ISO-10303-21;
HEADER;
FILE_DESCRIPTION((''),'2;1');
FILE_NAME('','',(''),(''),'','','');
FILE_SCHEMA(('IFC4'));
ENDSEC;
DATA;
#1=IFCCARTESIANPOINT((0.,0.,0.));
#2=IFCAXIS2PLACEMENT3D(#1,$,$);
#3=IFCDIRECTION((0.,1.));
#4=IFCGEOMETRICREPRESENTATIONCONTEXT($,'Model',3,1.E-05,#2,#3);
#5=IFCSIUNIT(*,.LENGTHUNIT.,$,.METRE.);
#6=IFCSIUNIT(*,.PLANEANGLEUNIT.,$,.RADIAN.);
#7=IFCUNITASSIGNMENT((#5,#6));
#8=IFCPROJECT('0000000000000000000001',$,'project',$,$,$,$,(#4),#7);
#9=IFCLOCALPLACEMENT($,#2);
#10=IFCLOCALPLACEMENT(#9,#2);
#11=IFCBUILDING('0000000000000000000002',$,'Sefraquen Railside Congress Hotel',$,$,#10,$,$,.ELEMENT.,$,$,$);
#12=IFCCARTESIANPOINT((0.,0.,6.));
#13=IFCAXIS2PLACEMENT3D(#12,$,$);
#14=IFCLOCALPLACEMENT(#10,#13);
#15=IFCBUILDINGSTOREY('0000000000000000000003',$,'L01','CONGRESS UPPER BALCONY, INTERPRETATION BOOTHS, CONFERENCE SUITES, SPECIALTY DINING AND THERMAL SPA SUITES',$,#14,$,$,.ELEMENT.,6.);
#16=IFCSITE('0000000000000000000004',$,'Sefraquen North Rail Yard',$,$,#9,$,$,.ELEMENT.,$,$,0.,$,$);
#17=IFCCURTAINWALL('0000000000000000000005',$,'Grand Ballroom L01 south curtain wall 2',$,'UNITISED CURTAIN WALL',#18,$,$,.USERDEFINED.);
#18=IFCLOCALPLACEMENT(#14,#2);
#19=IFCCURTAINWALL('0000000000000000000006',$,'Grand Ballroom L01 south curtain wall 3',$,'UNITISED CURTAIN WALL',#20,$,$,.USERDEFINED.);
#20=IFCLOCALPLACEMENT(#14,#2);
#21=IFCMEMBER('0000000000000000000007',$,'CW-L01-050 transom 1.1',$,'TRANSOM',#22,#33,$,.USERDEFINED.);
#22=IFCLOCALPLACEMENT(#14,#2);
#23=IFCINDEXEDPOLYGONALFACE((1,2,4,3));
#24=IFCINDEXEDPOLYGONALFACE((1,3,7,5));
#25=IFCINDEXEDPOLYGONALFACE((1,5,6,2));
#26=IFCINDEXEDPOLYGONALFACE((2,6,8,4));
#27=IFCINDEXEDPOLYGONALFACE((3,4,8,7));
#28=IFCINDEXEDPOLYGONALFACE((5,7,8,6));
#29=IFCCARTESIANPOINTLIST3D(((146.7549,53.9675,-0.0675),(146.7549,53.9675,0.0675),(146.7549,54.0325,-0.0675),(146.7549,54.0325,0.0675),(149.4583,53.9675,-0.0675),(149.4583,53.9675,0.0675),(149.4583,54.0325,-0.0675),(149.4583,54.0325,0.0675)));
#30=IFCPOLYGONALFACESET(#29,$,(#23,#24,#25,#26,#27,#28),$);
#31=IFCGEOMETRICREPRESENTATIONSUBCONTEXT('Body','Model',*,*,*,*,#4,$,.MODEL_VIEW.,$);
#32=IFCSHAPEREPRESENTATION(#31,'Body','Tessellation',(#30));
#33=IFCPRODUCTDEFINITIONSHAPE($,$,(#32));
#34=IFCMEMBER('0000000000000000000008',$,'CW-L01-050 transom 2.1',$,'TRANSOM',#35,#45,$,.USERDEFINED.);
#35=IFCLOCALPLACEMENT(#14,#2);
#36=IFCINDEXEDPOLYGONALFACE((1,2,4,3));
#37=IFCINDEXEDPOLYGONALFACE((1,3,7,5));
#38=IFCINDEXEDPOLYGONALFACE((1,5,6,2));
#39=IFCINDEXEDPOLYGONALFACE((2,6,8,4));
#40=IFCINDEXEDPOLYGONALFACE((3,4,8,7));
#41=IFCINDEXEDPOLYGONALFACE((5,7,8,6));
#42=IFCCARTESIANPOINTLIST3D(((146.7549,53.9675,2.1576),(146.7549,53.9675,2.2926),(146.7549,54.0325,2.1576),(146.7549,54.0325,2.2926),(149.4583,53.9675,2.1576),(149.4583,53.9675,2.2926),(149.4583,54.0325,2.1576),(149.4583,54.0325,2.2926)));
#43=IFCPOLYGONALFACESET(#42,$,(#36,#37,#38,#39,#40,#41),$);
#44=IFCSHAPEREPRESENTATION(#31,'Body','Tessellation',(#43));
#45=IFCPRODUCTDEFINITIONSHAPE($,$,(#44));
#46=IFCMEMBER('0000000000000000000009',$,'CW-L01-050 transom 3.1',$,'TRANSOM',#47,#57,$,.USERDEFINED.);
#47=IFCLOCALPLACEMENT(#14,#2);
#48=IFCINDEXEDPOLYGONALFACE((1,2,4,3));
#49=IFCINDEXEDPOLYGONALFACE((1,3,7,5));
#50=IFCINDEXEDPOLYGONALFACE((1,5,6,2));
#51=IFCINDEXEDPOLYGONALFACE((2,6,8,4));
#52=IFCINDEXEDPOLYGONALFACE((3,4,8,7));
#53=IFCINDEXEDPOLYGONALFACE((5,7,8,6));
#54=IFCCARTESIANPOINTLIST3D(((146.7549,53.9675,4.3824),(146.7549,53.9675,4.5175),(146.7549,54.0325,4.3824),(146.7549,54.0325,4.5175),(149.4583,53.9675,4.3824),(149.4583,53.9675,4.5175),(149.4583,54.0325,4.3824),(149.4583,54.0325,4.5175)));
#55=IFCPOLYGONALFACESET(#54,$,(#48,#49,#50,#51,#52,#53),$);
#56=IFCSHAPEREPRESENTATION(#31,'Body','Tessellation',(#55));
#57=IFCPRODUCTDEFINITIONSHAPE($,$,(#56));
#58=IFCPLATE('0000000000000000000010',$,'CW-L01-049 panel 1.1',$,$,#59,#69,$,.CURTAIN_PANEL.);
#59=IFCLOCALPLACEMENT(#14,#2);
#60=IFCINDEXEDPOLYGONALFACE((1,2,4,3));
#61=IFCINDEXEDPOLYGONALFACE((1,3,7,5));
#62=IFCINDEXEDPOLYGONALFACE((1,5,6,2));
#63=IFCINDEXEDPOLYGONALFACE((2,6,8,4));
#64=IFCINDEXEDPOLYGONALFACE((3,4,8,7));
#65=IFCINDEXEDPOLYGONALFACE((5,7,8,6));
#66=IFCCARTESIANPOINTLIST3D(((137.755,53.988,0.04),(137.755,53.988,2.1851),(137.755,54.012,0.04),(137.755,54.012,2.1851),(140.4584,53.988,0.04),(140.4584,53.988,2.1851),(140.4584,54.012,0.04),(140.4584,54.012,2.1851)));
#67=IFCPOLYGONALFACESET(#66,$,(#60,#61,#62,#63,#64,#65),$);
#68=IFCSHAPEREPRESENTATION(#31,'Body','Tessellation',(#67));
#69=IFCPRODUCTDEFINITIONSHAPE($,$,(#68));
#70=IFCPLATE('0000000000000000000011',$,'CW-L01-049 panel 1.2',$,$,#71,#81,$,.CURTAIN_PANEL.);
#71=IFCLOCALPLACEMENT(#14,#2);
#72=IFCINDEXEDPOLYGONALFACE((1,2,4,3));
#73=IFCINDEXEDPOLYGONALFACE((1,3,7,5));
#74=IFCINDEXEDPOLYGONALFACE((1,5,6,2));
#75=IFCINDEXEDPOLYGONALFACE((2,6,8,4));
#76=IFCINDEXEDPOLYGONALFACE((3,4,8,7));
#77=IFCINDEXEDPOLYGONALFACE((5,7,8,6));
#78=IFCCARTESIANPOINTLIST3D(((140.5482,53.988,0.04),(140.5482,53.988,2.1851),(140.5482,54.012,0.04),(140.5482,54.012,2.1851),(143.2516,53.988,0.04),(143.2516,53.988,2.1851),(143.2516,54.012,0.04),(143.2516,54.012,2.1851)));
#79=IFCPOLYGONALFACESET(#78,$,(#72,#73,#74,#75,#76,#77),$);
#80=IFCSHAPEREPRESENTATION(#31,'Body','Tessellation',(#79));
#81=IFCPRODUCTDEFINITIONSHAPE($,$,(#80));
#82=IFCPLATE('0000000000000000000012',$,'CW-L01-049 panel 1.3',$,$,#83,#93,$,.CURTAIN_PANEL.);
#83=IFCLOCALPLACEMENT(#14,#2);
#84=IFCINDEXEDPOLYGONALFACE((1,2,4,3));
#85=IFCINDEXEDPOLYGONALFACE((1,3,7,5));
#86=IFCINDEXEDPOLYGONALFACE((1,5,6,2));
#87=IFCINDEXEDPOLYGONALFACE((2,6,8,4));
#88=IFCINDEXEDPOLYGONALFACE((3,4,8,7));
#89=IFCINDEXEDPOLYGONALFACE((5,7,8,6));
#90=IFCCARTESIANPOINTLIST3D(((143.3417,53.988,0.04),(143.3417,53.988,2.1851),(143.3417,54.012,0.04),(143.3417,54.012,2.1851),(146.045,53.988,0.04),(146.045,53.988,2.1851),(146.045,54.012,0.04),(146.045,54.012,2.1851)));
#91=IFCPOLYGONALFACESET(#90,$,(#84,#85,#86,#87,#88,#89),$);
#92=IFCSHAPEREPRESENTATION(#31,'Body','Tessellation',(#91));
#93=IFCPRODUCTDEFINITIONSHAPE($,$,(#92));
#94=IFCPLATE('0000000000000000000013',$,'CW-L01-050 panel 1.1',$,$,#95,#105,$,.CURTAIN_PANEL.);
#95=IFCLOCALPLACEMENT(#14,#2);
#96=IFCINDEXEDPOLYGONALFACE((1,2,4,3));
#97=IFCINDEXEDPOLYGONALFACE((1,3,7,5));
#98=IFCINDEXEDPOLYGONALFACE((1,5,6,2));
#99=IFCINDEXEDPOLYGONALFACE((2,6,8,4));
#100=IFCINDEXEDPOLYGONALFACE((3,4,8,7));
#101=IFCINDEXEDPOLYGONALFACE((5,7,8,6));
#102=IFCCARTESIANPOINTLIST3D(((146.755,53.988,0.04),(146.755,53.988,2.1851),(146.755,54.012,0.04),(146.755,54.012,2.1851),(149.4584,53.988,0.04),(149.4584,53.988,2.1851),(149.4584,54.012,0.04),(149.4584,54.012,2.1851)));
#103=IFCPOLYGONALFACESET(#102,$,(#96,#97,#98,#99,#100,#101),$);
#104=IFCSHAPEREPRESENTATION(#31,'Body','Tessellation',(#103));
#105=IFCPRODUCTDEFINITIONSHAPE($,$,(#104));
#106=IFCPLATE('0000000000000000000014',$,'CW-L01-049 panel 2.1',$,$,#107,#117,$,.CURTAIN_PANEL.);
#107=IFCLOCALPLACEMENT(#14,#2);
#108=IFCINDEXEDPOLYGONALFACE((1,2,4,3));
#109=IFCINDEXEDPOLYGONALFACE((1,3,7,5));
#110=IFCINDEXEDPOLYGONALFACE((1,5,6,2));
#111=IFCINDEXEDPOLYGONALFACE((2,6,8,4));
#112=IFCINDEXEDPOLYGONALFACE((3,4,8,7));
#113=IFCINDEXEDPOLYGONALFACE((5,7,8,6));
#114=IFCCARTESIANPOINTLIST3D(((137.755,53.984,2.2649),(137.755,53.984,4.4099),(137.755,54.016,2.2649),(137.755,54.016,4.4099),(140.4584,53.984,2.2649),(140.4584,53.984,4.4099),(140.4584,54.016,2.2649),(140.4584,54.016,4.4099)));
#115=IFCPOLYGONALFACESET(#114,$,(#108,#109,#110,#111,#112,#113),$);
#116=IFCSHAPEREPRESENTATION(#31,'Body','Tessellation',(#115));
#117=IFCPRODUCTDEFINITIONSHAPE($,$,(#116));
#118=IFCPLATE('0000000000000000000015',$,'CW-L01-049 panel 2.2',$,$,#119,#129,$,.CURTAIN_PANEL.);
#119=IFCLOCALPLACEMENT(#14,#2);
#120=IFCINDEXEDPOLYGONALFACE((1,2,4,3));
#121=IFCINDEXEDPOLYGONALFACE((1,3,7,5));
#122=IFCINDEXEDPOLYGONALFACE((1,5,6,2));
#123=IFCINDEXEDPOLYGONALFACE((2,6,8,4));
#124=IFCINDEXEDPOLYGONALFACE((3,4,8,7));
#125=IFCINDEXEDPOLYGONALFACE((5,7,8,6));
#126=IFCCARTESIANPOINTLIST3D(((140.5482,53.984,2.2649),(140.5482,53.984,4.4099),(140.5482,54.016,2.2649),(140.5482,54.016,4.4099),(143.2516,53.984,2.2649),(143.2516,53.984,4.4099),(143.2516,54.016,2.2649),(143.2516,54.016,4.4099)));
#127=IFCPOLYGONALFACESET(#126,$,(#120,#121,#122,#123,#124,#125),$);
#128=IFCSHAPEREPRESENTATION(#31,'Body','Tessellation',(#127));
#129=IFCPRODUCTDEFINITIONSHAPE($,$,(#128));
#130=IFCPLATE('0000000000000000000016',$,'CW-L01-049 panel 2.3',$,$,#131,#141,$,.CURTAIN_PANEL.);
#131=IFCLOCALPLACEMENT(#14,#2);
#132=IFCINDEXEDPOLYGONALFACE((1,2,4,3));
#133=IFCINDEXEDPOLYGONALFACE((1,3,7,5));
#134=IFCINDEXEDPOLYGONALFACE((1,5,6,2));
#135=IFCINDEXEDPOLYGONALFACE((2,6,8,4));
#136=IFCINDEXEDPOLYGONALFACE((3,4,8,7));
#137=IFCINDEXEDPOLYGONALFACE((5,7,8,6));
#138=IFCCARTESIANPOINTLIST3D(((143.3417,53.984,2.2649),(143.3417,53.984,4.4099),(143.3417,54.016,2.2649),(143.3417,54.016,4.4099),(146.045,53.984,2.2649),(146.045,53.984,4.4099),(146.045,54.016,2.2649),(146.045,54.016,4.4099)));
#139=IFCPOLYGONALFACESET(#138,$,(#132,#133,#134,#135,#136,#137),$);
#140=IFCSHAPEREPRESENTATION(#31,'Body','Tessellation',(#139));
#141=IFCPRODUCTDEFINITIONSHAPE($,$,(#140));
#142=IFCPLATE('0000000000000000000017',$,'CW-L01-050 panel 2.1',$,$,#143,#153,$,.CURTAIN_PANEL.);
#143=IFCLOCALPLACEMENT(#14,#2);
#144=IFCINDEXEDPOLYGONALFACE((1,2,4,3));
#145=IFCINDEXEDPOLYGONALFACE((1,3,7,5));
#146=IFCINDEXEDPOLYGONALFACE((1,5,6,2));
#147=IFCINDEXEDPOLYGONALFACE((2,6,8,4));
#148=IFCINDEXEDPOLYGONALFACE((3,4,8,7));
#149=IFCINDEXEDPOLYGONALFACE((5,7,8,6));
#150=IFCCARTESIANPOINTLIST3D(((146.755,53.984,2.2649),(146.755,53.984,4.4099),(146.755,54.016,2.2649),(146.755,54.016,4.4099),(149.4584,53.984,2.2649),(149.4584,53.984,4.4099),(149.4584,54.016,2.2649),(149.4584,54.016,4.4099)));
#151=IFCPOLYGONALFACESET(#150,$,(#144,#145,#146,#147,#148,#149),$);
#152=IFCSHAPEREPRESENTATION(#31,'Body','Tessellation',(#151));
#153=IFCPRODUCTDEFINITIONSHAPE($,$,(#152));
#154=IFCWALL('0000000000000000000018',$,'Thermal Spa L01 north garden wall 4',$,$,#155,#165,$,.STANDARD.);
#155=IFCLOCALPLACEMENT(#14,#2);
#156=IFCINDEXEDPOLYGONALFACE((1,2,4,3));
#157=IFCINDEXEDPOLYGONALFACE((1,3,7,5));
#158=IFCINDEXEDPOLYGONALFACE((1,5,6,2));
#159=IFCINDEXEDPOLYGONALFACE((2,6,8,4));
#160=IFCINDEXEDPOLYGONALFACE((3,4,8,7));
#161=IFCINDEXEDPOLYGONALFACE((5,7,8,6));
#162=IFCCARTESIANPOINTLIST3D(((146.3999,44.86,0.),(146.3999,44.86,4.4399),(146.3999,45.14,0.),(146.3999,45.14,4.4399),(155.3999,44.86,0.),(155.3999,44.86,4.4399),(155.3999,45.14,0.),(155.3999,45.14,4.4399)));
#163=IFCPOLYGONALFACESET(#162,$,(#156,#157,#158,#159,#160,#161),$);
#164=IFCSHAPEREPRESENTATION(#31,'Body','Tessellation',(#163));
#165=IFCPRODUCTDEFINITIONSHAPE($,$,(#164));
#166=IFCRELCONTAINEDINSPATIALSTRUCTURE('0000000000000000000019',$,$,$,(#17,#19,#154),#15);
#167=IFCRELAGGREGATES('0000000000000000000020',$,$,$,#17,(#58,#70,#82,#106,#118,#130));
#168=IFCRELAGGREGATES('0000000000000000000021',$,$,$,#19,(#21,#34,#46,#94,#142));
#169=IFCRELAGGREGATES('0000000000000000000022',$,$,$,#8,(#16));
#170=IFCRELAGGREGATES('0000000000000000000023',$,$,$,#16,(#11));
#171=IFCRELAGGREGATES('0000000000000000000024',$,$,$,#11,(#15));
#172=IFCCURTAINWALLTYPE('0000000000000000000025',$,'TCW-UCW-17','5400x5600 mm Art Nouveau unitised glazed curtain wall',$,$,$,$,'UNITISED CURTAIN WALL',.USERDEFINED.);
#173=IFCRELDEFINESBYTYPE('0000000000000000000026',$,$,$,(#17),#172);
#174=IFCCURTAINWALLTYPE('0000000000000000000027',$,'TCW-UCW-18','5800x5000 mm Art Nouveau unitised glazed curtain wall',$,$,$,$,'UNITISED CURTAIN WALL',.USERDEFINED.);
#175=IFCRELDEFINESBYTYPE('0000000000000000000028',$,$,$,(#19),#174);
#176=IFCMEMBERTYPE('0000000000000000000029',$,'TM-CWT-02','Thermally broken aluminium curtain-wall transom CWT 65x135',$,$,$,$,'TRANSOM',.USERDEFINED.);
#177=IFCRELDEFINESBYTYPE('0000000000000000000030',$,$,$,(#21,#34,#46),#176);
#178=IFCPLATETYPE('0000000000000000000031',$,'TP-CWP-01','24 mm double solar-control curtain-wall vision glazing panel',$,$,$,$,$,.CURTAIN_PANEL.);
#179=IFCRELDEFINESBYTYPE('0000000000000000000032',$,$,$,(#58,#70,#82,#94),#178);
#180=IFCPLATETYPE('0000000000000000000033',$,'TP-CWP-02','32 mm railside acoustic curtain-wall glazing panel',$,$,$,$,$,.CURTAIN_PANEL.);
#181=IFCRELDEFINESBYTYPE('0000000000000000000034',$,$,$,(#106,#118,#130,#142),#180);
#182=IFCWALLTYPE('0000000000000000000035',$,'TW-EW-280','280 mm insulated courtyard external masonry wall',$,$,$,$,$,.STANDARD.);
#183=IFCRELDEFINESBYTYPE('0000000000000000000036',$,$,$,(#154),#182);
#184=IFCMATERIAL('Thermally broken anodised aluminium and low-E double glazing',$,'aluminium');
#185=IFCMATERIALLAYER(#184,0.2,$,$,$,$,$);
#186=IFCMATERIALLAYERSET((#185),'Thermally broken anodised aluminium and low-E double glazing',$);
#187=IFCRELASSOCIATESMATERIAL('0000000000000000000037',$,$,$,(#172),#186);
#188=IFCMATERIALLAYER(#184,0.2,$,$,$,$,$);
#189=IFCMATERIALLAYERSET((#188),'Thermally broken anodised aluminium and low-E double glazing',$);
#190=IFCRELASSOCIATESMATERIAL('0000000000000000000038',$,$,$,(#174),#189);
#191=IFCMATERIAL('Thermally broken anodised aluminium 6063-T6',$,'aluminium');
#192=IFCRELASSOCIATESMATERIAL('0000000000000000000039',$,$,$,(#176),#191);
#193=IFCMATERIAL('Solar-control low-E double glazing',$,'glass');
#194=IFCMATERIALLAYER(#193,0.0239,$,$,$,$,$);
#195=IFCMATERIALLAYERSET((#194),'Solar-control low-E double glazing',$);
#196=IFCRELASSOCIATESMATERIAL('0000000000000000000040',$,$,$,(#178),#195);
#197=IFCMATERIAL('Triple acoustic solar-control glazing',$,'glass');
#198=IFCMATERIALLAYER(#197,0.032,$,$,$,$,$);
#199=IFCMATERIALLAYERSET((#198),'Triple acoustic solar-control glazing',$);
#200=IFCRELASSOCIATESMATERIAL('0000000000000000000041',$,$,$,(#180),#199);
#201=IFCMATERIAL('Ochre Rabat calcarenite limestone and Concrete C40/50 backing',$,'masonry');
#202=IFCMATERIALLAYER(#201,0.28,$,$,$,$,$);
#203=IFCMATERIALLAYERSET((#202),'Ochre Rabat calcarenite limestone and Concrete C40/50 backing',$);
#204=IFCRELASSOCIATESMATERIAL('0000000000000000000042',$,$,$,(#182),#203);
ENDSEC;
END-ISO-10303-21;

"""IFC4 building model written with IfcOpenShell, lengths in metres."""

from ifc_helpers import new_model, si_unit, direction, frame, frame_2d, origin, origin_2d, place, context, subcontext, project, spatial, rectangle, extrude, material, layer, layer_set, material_profile, profile_set, type_object, element, aggregate, save


model = new_model("IFC4")

# Units and contexts
model_context = context("Model", 3, precision=1e-05, world=origin(), true_north=direction((0.0, 1.0)))
body_context = subcontext(model_context, "Body", "Model", "MODEL_VIEW")
ifc_project = project(units=[si_unit("LENGTHUNIT", "METRE"), si_unit("PLANEANGLEUNIT", "RADIAN")], contexts=[model_context])

# Site, building, storey
site_placement = place(None, origin())
site = spatial("IfcSite", under=ifc_project, at=site_placement, Name="Sefraquen North Rail Yard", CompositionType="ELEMENT", RefElevation=0.0)
building_placement = place(site_placement, origin())
building = spatial("IfcBuilding", under=site, at=building_placement, Name="Sefraquen Railside Congress Hotel", CompositionType="ELEMENT")
storey_placement = place(building_placement, frame((0.0, 0.0, 6.0)))
storey = spatial("IfcBuildingStorey", under=building, at=storey_placement, Name="L01", Description="CONGRESS UPPER BALCONY, INTERPRETATION BOOTHS, CONFERENCE SUITES, SPECIALTY DINING AND THERMAL SPA SUITES", CompositionType="ELEMENT", Elevation=6.0)

# Curtain wall
ifc_material_1 = material(Name="Thermally broken anodised aluminium and low-E double glazing", Category="aluminium")
ifc_layer_1 = layer(ifc_material_1, 0.2)
ifc_layer_set_1 = layer_set([ifc_layer_1], Name="Thermally broken anodised aluminium and low-E double glazing")
curtain_wall_type_1 = type_object("IfcCurtainWallType", Name="TCW-UCW-17", Description="5400x5600 mm Art Nouveau unitised glazed curtain wall", ElementType="UNITISED CURTAIN WALL", PredefinedType="USERDEFINED", material=ifc_layer_set_1)
curtain_wall_1_placement = place(storey_placement, origin())
curtain_wall_1 = element("IfcCurtainWall", 1, at=curtain_wall_1_placement, inside=storey, type_object=curtain_wall_type_1, Name="Grand Ballroom L01 south curtain wall 2", ObjectType="UNITISED CURTAIN WALL", PredefinedType="USERDEFINED")
ifc_material_2 = material(Name="Thermally broken anodised aluminium 6063-T6", Category="aluminium")

# Curtain wall
ifc_layer_2 = layer(ifc_material_1, 0.2)
ifc_layer_set_2 = layer_set([ifc_layer_2], Name="Thermally broken anodised aluminium and low-E double glazing")
curtain_wall_type_2 = type_object("IfcCurtainWallType", Name="TCW-UCW-18", Description="5800x5000 mm Art Nouveau unitised glazed curtain wall", ElementType="UNITISED CURTAIN WALL", PredefinedType="USERDEFINED", material=ifc_layer_set_2)
curtain_wall_2_placement = place(storey_placement, origin())
curtain_wall_2 = element("IfcCurtainWall", 2, at=curtain_wall_2_placement, inside=storey, type_object=curtain_wall_type_2, Name="Grand Ballroom L01 south curtain wall 3", ObjectType="UNITISED CURTAIN WALL", PredefinedType="USERDEFINED")

# Members
ifc_material_profile_1 = material_profile(ifc_material_2, rectangle(XDim=0.0649, YDim=0.135, at=origin_2d()), Name="CWT 65x135")
ifc_profile_set_1 = profile_set([ifc_material_profile_1], Name="Thermally broken anodised aluminium 6063-T6")
member_type_1 = type_object("IfcMemberType", Name="TM-CWT-02", Description="Thermally broken aluminium curtain-wall transom CWT 65x135", ElementType="TRANSOM", PredefinedType="USERDEFINED", material=ifc_profile_set_1)
member_1_placement = place(storey_placement, frame((146.7549, 54.0, 0.0), z_axis=(1.0, 0.0, 0.0), x_axis=(0.0, 1.0, 0.0)))
member_1 = element("IfcMember", 3, at=member_1_placement, type_object=member_type_1, Name="CW-L01-050 transom 1.1", ObjectType="TRANSOM", PredefinedType="USERDEFINED", context=body_context, shape_type="SweptSolid", body=[
    extrude(rectangle(XDim=0.0649, YDim=0.135, at=origin_2d()), origin(), (0.0, 0.0, 1.0), 2.7034),
])
member_2_placement = place(storey_placement, frame((146.7549, 54.0, 2.2251), z_axis=(1.0, 0.0, 0.0), x_axis=(0.0, 1.0, 0.0)))
member_2 = element("IfcMember", 4, at=member_2_placement, type_object=member_type_1, Name="CW-L01-050 transom 2.1", ObjectType="TRANSOM", PredefinedType="USERDEFINED", context=body_context, shape_type="SweptSolid", body=[
    extrude(rectangle(XDim=0.0649, YDim=0.135, at=origin_2d()), origin(), (0.0, 0.0, 1.0), 2.7034),
])
member_3_placement = place(storey_placement, frame((146.7549, 54.0, 4.45), z_axis=(1.0, 0.0, 0.0), x_axis=(0.0, 1.0, 0.0)))
member_3 = element("IfcMember", 5, at=member_3_placement, type_object=member_type_1, Name="CW-L01-050 transom 3.1", ObjectType="TRANSOM", PredefinedType="USERDEFINED", context=body_context, shape_type="SweptSolid", body=[
    extrude(rectangle(XDim=0.0649, YDim=0.135, at=origin_2d()), origin(), (0.0, 0.0, 1.0), 2.7034),
])

# Plates
ifc_material_3 = material(Name="Solar-control low-E double glazing", Category="glass")
ifc_layer_3 = layer(ifc_material_3, 0.0239)
ifc_layer_set_3 = layer_set([ifc_layer_3], Name="Solar-control low-E double glazing")
plate_type_1 = type_object("IfcPlateType", Name="TP-CWP-01", Description="24 mm double solar-control curtain-wall vision glazing panel", PredefinedType="CURTAIN_PANEL", material=ifc_layer_set_3)
plate_1_placement = place(storey_placement, frame((139.1067, 54.0, 0.04), z_axis=(0.0, 0.0, 1.0), x_axis=(1.0, 0.0, 0.0)))
plate_1 = element("IfcPlate", 6, at=plate_1_placement, type_object=plate_type_1, Name="CW-L01-049 panel 1.1", PredefinedType="CURTAIN_PANEL", context=body_context, shape_type="SweptSolid", body=[
    extrude(rectangle(XDim=2.7034, YDim=0.0239, at=origin_2d()), origin(), (0.0, 0.0, 1.0), 2.145),
])
plate_2_placement = place(storey_placement, frame((141.8999, 54.0, 0.04), z_axis=(0.0, 0.0, 1.0), x_axis=(1.0, 0.0, 0.0)))
plate_2 = element("IfcPlate", 7, at=plate_2_placement, type_object=plate_type_1, Name="CW-L01-049 panel 1.2", PredefinedType="CURTAIN_PANEL", context=body_context, shape_type="SweptSolid", body=[
    extrude(rectangle(XDim=2.7034, YDim=0.0239, at=origin_2d()), origin(), (0.0, 0.0, 1.0), 2.145),
])
plate_3_placement = place(storey_placement, frame((144.6934, 54.0, 0.04), z_axis=(0.0, 0.0, 1.0), x_axis=(1.0, 0.0, 0.0)))
plate_3 = element("IfcPlate", 8, at=plate_3_placement, type_object=plate_type_1, Name="CW-L01-049 panel 1.3", PredefinedType="CURTAIN_PANEL", context=body_context, shape_type="SweptSolid", body=[
    extrude(rectangle(XDim=2.7034, YDim=0.0239, at=origin_2d()), origin(), (0.0, 0.0, 1.0), 2.145),
])
plate_4_placement = place(storey_placement, frame((148.1067, 54.0, 0.04), z_axis=(0.0, 0.0, 1.0), x_axis=(1.0, 0.0, 0.0)))
plate_4 = element("IfcPlate", 9, at=plate_4_placement, type_object=plate_type_1, Name="CW-L01-050 panel 1.1", PredefinedType="CURTAIN_PANEL", context=body_context, shape_type="SweptSolid", body=[
    extrude(rectangle(XDim=2.7034, YDim=0.0239, at=origin_2d()), origin(), (0.0, 0.0, 1.0), 2.145),
])
ifc_material_4 = material(Name="Triple acoustic solar-control glazing", Category="glass")
ifc_layer_4 = layer(ifc_material_4, 0.032)
ifc_layer_set_4 = layer_set([ifc_layer_4], Name="Triple acoustic solar-control glazing")
plate_type_2 = type_object("IfcPlateType", Name="TP-CWP-02", Description="32 mm railside acoustic curtain-wall glazing panel", PredefinedType="CURTAIN_PANEL", material=ifc_layer_set_4)
plate_5_placement = place(storey_placement, frame((139.1067, 54.0, 2.2649), z_axis=(0.0, 0.0, 1.0), x_axis=(1.0, 0.0, 0.0)))
plate_5 = element("IfcPlate", 10, at=plate_5_placement, type_object=plate_type_2, Name="CW-L01-049 panel 2.1", PredefinedType="CURTAIN_PANEL", context=body_context, shape_type="SweptSolid", body=[
    extrude(rectangle(XDim=2.7034, YDim=0.032, at=origin_2d()), origin(), (0.0, 0.0, 1.0), 2.145),
])
plate_6_placement = place(storey_placement, frame((141.8999, 54.0, 2.2649), z_axis=(0.0, 0.0, 1.0), x_axis=(1.0, 0.0, 0.0)))
plate_6 = element("IfcPlate", 11, at=plate_6_placement, type_object=plate_type_2, Name="CW-L01-049 panel 2.2", PredefinedType="CURTAIN_PANEL", context=body_context, shape_type="SweptSolid", body=[
    extrude(rectangle(XDim=2.7034, YDim=0.032, at=origin_2d()), origin(), (0.0, 0.0, 1.0), 2.145),
])
plate_7_placement = place(storey_placement, frame((144.6934, 54.0, 2.2649), z_axis=(0.0, 0.0, 1.0), x_axis=(1.0, 0.0, 0.0)))
plate_7 = element("IfcPlate", 12, at=plate_7_placement, type_object=plate_type_2, Name="CW-L01-049 panel 2.3", PredefinedType="CURTAIN_PANEL", context=body_context, shape_type="SweptSolid", body=[
    extrude(rectangle(XDim=2.7034, YDim=0.032, at=origin_2d()), origin(), (0.0, 0.0, 1.0), 2.145),
])
aggregate(curtain_wall_1, [plate_1, plate_2, plate_3, plate_5, plate_6, plate_7])
plate_8_placement = place(storey_placement, frame((148.1067, 54.0, 2.2649), z_axis=(0.0, 0.0, 1.0), x_axis=(1.0, 0.0, 0.0)))
plate_8 = element("IfcPlate", 13, at=plate_8_placement, type_object=plate_type_2, Name="CW-L01-050 panel 2.1", PredefinedType="CURTAIN_PANEL", context=body_context, shape_type="SweptSolid", body=[
    extrude(rectangle(XDim=2.7034, YDim=0.032, at=origin_2d()), origin(), (0.0, 0.0, 1.0), 2.145),
])
aggregate(curtain_wall_2, [member_1, member_2, member_3, plate_4, plate_8])

# Wall
ifc_material_5 = material(Name="Ochre Rabat calcarenite limestone and Concrete C40/50 backing", Category="masonry")
ifc_layer_5 = layer(ifc_material_5, 0.28)
ifc_layer_set_5 = layer_set([ifc_layer_5], Name="Ochre Rabat calcarenite limestone and Concrete C40/50 backing")
wall_type = type_object("IfcWallType", Name="TW-EW-280", Description="280 mm insulated courtyard external masonry wall", PredefinedType="STANDARD", material=ifc_layer_set_5)
wall_placement = place(storey_placement, frame((146.3999, 45.0, 0.0), z_axis=(0.0, 0.0, 1.0), x_axis=(1.0, 0.0, 0.0)))
element("IfcWall", 14, at=wall_placement, inside=storey, type_object=wall_type, Name="Thermal Spa L01 north garden wall 4", PredefinedType="STANDARD", context=body_context, shape_type="SweptSolid", body=[
    extrude(rectangle(XDim=9.0, YDim=0.28, at=frame_2d((4.5, 0.0))), origin(), (0.0, 0.0, 1.0), 4.4399),
])

save(model, "model.ifc")
